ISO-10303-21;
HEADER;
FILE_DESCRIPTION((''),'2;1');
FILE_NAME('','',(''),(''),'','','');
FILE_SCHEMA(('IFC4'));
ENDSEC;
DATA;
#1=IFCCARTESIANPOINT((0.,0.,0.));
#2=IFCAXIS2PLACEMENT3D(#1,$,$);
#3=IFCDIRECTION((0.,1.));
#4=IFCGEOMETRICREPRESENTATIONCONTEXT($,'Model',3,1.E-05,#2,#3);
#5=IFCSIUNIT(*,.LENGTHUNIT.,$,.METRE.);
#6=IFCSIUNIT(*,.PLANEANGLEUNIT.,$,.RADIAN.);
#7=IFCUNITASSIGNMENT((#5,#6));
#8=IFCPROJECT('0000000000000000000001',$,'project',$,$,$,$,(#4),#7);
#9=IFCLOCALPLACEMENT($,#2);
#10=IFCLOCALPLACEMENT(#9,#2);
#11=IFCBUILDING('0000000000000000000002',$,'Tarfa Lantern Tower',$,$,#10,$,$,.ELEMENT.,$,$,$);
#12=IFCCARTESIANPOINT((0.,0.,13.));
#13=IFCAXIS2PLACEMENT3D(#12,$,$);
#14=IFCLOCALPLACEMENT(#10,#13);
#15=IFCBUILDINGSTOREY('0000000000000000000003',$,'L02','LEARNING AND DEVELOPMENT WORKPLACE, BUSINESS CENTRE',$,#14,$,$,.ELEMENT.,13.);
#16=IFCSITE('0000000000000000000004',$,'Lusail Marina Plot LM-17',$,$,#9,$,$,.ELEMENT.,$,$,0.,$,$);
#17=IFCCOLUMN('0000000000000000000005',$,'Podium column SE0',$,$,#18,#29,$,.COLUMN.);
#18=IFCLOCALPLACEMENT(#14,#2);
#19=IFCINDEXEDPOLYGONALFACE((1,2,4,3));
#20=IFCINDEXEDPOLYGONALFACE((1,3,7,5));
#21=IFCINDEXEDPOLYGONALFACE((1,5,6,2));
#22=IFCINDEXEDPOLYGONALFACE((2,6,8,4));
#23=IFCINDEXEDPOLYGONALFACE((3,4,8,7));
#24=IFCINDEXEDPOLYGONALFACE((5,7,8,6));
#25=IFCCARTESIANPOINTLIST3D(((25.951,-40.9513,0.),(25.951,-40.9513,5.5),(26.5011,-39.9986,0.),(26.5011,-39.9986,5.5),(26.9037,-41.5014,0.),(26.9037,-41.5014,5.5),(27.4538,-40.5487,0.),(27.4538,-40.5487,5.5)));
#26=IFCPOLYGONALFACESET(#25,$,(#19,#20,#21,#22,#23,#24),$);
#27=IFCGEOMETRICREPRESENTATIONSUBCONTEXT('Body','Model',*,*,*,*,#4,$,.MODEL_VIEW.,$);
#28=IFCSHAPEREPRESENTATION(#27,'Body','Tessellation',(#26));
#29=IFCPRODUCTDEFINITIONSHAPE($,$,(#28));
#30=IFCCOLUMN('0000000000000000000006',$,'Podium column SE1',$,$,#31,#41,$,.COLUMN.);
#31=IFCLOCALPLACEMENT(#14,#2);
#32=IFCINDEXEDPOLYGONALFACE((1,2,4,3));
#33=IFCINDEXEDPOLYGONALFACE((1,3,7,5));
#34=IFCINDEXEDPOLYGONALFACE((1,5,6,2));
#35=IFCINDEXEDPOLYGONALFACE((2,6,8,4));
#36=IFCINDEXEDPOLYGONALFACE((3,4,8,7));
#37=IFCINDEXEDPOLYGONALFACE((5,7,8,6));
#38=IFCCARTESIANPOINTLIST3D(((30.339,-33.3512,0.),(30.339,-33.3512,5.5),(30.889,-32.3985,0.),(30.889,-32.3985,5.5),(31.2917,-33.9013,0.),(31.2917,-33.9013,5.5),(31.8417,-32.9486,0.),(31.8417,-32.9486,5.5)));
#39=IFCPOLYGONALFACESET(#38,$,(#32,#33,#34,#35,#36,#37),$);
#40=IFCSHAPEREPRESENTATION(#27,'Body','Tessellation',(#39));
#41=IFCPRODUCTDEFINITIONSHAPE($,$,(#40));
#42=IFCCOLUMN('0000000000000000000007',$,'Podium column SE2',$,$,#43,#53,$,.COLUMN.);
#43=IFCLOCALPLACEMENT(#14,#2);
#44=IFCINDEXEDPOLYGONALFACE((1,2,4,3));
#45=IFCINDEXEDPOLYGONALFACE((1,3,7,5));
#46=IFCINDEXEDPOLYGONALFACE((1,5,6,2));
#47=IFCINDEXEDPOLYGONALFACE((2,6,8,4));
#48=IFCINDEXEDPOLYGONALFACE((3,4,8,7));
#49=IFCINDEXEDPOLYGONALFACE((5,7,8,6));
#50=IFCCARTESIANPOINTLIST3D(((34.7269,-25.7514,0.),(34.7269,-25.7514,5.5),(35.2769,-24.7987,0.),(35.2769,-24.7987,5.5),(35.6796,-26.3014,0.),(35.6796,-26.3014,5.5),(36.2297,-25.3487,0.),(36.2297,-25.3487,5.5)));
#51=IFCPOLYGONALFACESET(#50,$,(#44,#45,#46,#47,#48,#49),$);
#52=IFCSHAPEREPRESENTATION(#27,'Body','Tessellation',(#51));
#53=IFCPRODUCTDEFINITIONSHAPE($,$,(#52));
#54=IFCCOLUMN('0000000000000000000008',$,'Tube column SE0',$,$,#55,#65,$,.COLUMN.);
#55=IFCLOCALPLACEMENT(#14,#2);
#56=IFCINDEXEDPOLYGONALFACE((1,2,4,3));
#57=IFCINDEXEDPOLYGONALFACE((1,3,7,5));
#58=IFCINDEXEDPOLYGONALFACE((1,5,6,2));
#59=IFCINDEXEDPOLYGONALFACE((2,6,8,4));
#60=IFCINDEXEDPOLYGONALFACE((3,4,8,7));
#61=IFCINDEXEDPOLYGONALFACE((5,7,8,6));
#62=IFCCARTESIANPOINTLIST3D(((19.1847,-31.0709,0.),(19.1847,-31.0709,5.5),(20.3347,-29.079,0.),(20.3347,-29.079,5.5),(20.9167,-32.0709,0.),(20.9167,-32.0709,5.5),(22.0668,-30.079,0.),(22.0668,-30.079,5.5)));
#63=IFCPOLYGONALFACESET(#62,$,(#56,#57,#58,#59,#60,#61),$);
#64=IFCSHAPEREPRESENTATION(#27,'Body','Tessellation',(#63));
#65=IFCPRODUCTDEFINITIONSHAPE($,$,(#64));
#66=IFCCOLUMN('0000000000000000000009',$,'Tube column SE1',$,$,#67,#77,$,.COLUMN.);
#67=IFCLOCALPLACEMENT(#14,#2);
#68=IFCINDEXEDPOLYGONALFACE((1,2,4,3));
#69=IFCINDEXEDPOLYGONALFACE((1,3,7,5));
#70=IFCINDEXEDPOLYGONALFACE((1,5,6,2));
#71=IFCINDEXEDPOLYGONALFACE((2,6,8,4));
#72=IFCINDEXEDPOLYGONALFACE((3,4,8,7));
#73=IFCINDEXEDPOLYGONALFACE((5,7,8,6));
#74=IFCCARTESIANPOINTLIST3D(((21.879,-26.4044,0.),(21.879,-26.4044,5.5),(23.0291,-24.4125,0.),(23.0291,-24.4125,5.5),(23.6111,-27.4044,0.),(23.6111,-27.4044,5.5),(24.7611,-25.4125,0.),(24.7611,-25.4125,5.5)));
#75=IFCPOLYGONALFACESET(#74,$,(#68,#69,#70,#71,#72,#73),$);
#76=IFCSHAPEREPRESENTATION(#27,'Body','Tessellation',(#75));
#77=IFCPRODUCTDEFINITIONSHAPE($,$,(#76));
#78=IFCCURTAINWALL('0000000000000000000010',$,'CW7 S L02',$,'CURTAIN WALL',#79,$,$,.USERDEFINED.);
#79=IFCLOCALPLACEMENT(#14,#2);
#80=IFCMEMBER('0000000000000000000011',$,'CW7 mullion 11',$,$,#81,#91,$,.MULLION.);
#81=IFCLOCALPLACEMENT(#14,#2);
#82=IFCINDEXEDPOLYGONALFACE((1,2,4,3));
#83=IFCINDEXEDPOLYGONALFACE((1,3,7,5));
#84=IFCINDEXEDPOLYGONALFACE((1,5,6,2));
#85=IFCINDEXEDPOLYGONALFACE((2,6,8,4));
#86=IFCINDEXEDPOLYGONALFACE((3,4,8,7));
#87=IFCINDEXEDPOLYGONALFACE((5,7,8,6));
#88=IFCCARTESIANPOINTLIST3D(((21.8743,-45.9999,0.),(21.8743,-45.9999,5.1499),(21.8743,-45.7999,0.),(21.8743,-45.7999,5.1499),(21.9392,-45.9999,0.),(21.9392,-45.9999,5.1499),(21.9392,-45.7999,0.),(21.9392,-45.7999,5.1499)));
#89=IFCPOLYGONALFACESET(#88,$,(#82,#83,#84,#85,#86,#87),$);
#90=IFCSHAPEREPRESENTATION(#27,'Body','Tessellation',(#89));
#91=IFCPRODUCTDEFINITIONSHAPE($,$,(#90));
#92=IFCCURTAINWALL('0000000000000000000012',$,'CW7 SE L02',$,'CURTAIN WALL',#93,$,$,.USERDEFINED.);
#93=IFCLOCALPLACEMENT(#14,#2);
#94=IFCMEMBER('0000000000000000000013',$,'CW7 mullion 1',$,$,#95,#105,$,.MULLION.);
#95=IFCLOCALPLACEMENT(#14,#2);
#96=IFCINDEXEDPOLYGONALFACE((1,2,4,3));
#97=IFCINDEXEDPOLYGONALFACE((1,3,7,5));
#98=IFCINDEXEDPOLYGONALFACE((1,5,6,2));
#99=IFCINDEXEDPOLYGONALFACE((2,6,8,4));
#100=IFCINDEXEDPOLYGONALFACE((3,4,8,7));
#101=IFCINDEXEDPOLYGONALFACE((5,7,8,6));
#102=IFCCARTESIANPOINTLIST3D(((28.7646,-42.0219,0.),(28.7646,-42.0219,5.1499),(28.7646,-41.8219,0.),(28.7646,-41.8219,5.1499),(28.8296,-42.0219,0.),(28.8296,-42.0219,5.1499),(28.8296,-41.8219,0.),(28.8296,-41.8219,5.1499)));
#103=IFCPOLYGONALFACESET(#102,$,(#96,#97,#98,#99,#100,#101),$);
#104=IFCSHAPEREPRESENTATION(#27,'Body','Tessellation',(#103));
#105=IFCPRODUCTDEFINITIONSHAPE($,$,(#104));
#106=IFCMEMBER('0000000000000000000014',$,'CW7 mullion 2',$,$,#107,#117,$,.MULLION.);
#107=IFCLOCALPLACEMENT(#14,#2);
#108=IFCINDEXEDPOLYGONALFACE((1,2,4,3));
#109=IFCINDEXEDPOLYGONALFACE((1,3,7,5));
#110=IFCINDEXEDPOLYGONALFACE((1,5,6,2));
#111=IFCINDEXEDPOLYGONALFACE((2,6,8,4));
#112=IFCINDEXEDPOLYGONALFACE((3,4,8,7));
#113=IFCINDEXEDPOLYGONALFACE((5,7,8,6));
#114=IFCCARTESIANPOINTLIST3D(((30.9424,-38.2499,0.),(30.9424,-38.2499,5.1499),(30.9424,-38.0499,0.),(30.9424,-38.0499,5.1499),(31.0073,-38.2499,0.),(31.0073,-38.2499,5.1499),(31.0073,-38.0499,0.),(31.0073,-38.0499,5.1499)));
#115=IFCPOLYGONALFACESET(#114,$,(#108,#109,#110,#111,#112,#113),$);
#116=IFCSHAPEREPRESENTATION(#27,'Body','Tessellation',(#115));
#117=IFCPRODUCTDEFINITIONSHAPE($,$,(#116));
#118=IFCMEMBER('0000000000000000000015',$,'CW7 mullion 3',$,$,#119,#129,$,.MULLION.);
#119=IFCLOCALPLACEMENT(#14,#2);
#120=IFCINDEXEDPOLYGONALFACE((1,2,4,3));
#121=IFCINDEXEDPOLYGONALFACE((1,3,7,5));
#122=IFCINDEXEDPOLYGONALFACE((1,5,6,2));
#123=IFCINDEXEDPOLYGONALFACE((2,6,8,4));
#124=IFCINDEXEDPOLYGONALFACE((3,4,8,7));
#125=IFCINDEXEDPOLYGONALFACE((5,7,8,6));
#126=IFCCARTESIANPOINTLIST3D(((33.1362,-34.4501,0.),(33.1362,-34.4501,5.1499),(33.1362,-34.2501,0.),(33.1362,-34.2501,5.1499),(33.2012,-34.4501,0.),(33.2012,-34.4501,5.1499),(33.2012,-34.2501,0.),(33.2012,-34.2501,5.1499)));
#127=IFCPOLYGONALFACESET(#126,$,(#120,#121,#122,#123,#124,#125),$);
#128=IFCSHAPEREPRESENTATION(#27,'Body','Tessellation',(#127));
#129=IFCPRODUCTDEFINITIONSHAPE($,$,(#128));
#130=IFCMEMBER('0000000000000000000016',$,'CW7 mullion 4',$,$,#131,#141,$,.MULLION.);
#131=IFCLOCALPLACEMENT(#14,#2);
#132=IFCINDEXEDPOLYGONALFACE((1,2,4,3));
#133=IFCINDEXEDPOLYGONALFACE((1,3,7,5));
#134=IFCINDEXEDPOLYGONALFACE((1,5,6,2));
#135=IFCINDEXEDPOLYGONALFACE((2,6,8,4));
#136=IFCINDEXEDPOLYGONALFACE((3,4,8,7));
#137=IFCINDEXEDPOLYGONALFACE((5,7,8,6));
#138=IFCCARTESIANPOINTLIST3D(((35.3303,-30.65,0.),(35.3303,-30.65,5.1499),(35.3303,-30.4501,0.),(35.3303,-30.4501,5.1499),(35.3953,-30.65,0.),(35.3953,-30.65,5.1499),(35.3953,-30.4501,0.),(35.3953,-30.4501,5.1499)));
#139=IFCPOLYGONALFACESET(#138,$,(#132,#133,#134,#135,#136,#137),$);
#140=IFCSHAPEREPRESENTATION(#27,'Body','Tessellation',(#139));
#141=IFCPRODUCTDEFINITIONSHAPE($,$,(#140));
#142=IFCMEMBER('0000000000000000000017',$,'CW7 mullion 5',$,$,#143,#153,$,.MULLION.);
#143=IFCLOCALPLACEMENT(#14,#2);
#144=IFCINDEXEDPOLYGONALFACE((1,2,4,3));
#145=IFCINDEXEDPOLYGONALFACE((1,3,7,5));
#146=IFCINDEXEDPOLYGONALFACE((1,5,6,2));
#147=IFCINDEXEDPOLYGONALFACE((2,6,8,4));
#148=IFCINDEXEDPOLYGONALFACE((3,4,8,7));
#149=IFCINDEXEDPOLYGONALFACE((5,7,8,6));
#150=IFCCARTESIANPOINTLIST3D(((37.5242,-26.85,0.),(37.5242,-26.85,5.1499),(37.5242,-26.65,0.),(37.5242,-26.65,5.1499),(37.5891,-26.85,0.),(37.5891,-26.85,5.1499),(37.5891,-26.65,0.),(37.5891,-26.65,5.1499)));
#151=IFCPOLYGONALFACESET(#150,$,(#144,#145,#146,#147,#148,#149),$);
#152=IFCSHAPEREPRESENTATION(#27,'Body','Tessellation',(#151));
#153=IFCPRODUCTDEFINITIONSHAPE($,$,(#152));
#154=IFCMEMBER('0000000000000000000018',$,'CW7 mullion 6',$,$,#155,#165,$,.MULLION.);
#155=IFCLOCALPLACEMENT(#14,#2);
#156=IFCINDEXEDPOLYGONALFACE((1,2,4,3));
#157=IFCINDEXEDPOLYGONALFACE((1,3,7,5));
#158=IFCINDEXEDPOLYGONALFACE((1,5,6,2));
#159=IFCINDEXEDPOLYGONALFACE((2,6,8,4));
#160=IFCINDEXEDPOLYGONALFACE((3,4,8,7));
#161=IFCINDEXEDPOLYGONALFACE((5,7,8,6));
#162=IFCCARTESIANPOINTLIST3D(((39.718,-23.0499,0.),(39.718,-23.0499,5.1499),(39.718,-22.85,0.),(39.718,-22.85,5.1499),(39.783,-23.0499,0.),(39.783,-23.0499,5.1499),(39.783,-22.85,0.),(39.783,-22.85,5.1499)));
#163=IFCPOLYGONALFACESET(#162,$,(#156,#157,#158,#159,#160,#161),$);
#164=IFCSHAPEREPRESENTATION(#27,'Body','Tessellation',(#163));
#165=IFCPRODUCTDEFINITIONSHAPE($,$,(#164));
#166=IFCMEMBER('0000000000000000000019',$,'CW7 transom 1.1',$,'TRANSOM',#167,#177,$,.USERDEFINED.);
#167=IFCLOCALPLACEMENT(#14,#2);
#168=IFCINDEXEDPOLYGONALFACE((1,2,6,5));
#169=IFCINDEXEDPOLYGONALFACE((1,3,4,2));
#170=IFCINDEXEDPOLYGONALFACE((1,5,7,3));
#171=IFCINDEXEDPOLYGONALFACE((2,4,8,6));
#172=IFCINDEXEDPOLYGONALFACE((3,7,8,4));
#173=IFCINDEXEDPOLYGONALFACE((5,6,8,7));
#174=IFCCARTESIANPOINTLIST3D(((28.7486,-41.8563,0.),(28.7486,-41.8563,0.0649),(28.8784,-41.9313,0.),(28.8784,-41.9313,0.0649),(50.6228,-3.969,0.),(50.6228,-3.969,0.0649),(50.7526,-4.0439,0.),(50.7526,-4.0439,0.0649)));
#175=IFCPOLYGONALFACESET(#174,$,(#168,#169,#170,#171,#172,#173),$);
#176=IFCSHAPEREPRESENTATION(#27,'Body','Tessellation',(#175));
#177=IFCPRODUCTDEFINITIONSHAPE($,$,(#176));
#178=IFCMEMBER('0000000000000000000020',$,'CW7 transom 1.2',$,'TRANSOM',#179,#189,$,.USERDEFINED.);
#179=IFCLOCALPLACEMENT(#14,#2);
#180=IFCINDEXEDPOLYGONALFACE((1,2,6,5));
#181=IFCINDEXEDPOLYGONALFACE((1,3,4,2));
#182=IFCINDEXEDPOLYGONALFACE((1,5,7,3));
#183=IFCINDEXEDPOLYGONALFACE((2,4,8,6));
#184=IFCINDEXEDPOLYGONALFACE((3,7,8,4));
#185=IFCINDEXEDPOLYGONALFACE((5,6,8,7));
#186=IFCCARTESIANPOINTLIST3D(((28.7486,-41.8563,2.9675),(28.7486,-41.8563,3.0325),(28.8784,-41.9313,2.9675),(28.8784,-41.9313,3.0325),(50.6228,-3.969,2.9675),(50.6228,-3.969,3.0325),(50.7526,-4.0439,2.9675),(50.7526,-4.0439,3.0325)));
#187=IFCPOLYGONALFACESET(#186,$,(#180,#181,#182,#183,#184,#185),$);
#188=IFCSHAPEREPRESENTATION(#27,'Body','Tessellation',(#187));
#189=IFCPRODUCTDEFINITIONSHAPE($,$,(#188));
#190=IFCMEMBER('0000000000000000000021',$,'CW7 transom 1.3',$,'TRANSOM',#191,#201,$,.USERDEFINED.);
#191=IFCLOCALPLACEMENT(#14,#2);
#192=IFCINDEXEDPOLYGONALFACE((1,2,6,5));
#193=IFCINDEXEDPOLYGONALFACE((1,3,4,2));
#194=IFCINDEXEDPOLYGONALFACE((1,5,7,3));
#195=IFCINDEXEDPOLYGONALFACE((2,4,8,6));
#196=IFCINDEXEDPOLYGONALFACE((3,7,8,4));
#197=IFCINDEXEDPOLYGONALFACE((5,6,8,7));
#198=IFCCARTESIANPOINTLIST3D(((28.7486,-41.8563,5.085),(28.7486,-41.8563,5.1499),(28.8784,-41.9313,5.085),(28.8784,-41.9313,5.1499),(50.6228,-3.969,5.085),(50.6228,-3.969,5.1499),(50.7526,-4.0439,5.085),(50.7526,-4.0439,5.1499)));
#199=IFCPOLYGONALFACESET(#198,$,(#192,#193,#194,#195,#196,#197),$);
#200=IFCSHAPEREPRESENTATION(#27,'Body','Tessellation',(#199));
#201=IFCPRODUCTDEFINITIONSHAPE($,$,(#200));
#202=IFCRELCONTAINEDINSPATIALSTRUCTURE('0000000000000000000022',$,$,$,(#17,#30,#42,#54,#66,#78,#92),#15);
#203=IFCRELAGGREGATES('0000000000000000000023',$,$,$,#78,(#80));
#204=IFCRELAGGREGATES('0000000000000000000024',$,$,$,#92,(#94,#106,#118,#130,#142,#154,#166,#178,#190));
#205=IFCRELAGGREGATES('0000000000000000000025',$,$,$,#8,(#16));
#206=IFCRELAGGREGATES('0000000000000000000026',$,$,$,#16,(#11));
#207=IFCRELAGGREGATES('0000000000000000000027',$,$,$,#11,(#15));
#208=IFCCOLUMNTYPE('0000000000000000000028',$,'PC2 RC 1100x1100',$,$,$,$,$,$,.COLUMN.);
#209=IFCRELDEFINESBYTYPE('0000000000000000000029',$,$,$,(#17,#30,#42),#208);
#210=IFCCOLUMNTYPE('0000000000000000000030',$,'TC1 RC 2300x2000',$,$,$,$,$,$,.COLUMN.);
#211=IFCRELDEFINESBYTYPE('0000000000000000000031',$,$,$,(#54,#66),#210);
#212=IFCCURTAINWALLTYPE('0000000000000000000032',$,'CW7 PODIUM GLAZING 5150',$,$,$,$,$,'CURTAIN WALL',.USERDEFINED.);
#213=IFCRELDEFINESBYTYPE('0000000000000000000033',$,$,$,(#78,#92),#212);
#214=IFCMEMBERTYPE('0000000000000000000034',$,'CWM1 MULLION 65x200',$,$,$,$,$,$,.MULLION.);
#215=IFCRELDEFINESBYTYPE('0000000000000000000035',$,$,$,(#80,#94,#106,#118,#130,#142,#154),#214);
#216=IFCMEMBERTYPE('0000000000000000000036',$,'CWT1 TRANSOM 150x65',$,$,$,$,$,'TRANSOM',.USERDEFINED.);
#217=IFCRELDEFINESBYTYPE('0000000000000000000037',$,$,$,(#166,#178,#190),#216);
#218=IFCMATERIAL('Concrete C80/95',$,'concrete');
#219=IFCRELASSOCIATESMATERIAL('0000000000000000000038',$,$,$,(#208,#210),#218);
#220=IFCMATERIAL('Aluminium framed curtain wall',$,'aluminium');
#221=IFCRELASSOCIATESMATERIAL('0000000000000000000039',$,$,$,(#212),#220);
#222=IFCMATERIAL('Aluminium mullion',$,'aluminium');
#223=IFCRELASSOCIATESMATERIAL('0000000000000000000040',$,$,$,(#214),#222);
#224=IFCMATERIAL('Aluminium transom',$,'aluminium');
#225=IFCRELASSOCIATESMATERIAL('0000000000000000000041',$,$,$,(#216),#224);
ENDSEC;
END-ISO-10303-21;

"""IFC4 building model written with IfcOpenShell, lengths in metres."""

from ifc_helpers import new_model, si_unit, direction, frame, origin, origin_2d, place, context, subcontext, project, spatial, rectangle, extrude, material, material_profile, profile_set, type_object, element, aggregate, save


model = new_model("IFC4")

# Units and contexts
model_context = context("Model", 3, precision=1e-05, world=origin(), true_north=direction((0.0, 1.0)))
body_context = subcontext(model_context, "Body", "Model", "MODEL_VIEW")
ifc_project = project(units=[si_unit("LENGTHUNIT", "METRE"), si_unit("PLANEANGLEUNIT", "RADIAN")], contexts=[model_context])

# Site, building, storey
site_placement = place(None, origin())
site = spatial("IfcSite", under=ifc_project, at=site_placement, Name="Lusail Marina Plot LM-17", CompositionType="ELEMENT", RefElevation=0.0)
building_placement = place(site_placement, origin())
building = spatial("IfcBuilding", under=site, at=building_placement, Name="Tarfa Lantern Tower", CompositionType="ELEMENT")
storey_placement = place(building_placement, frame((0.0, 0.0, 13.0)))
storey = spatial("IfcBuildingStorey", under=building, at=storey_placement, Name="L02", Description="LEARNING AND DEVELOPMENT WORKPLACE, BUSINESS CENTRE", CompositionType="ELEMENT", Elevation=13.0)

# Columns
ifc_material_1 = material(Name="Concrete C80/95", Category="concrete")
ifc_material_profile_1 = material_profile(ifc_material_1, rectangle(XDim=1.1001, YDim=1.1001, at=origin_2d()), Name="RC 1100x1100")
ifc_profile_set_1 = profile_set([ifc_material_profile_1], Name="Concrete C80/95")
column_type_1 = type_object("IfcColumnType", Name="PC2 RC 1100x1100", PredefinedType="COLUMN", material=ifc_profile_set_1)
for number, where, z_axis, x_axis, name in (
    (1, (26.7024, -40.75, 0.0), (0.0, 0.0, 1.0), (0.5, 0.866025, 0.0), "Podium column SE0"),
    (2, (31.0903, -33.1499, 0.0), (0.0, 0.0, 1.0), (0.5, 0.866025, 0.0), "Podium column SE1"),
    (3, (35.4783, -25.55, 0.0), (0.0, 0.0, 1.0), (0.5, 0.866025, 0.0), "Podium column SE2"),
):
    element("IfcColumn", number, at=place(storey_placement, frame(where, z_axis=z_axis, x_axis=x_axis)), inside=storey, type_object=column_type_1, Name=name, PredefinedType="COLUMN", context=body_context, shape_type="SweptSolid", body=[
        extrude(rectangle(XDim=1.1001, YDim=1.1001, at=origin_2d()), origin(), (0.0, 0.0, 1.0), 5.5),
    ])
ifc_material_profile_2 = material_profile(ifc_material_1, rectangle(XDim=2.3, YDim=2.0, at=origin_2d()), Name="RC 2300x2000")
ifc_profile_set_2 = profile_set([ifc_material_profile_2], Name="Concrete C80/95")
column_type_2 = type_object("IfcColumnType", Name="TC1 RC 2300x2000", PredefinedType="COLUMN", material=ifc_profile_set_2)
for number, where, z_axis, x_axis, name in (
    (4, (20.6257, -30.575, 0.0), (0.0, 0.0, 1.0), (0.5, 0.866025, 0.0), "Tube column SE0"),
    (5, (23.3201, -25.9084, 0.0), (0.0, 0.0, 1.0), (0.5, 0.866025, 0.0), "Tube column SE1"),
):
    element("IfcColumn", number, at=place(storey_placement, frame(where, z_axis=z_axis, x_axis=x_axis)), inside=storey, type_object=column_type_2, Name=name, PredefinedType="COLUMN", context=body_context, shape_type="SweptSolid", body=[
        extrude(rectangle(XDim=2.3, YDim=2.0, at=origin_2d()), origin(), (0.0, 0.0, 1.0), 5.5),
    ])

# Curtain wall, member
ifc_material_2 = material(Name="Aluminium framed curtain wall", Category="aluminium")
curtain_wall_type = type_object("IfcCurtainWallType", Name="CW7 PODIUM GLAZING 5150", ElementType="CURTAIN WALL", PredefinedType="USERDEFINED", material=ifc_material_2)
curtain_wall_1_placement = place(storey_placement, origin())
curtain_wall_1 = element("IfcCurtainWall", 6, at=curtain_wall_1_placement, inside=storey, type_object=curtain_wall_type, Name="CW7 S L02", ObjectType="CURTAIN WALL", PredefinedType="USERDEFINED")
ifc_material_3 = material(Name="Aluminium mullion", Category="aluminium")
ifc_material_profile_3 = material_profile(ifc_material_3, rectangle(XDim=0.0649, YDim=0.2, at=origin_2d()), Name="AL MULLION 65x200")
ifc_profile_set_3 = profile_set([ifc_material_profile_3], Name="Aluminium mullion")
member_type_1 = type_object("IfcMemberType", Name="CWM1 MULLION 65x200", PredefinedType="MULLION", material=ifc_profile_set_3)
member_1_placement = place(storey_placement, frame((21.9067, -45.8999, 0.0), z_axis=(0.0, 0.0, 1.0), x_axis=(1.0, 0.0, 0.0)))
member_1 = element("IfcMember", 7, at=member_1_placement, type_object=member_type_1, Name="CW7 mullion 11", PredefinedType="MULLION", context=body_context, shape_type="SweptSolid", body=[
    extrude(rectangle(XDim=0.0649, YDim=0.2, at=origin_2d()), origin(), (0.0, 0.0, 1.0), 5.1499),
])
aggregate(curtain_wall_1, [member_1])

# Curtain wall, members
curtain_wall_2_placement = place(storey_placement, origin())
curtain_wall_2 = element("IfcCurtainWall", 8, at=curtain_wall_2_placement, inside=storey, type_object=curtain_wall_type, Name="CW7 SE L02", ObjectType="CURTAIN WALL", PredefinedType="USERDEFINED")
member_2_placement = place(storey_placement, frame((28.7971, -41.9219, 0.0), z_axis=(0.0, 0.0, 1.0), x_axis=(1.0, 0.0, 0.0)))
member_2 = element("IfcMember", 9, at=member_2_placement, type_object=member_type_1, Name="CW7 mullion 1", PredefinedType="MULLION", context=body_context, shape_type="SweptSolid", body=[
    extrude(rectangle(XDim=0.0649, YDim=0.2, at=origin_2d()), origin(), (0.0, 0.0, 1.0), 5.1499),
])
member_3_placement = place(storey_placement, frame((30.9749, -38.1499, 0.0), z_axis=(0.0, 0.0, 1.0), x_axis=(1.0, 0.0, 0.0)))
member_3 = element("IfcMember", 10, at=member_3_placement, type_object=member_type_1, Name="CW7 mullion 2", PredefinedType="MULLION", context=body_context, shape_type="SweptSolid", body=[
    extrude(rectangle(XDim=0.0649, YDim=0.2, at=origin_2d()), origin(), (0.0, 0.0, 1.0), 5.1499),
])
member_4_placement = place(storey_placement, frame((33.1687, -34.3501, 0.0), z_axis=(0.0, 0.0, 1.0), x_axis=(1.0, 0.0, 0.0)))
member_4 = element("IfcMember", 11, at=member_4_placement, type_object=member_type_1, Name="CW7 mullion 3", PredefinedType="MULLION", context=body_context, shape_type="SweptSolid", body=[
    extrude(rectangle(XDim=0.0649, YDim=0.2, at=origin_2d()), origin(), (0.0, 0.0, 1.0), 5.1499),
])
member_5_placement = place(storey_placement, frame((35.3628, -30.55, 0.0), z_axis=(0.0, 0.0, 1.0), x_axis=(1.0, 0.0, 0.0)))
member_5 = element("IfcMember", 12, at=member_5_placement, type_object=member_type_1, Name="CW7 mullion 4", PredefinedType="MULLION", context=body_context, shape_type="SweptSolid", body=[
    extrude(rectangle(XDim=0.0649, YDim=0.2, at=origin_2d()), origin(), (0.0, 0.0, 1.0), 5.1499),
])
member_6_placement = place(storey_placement, frame((37.5566, -26.75, 0.0), z_axis=(0.0, 0.0, 1.0), x_axis=(1.0, 0.0, 0.0)))
member_6 = element("IfcMember", 13, at=member_6_placement, type_object=member_type_1, Name="CW7 mullion 5", PredefinedType="MULLION", context=body_context, shape_type="SweptSolid", body=[
    extrude(rectangle(XDim=0.0649, YDim=0.2, at=origin_2d()), origin(), (0.0, 0.0, 1.0), 5.1499),
])
member_7_placement = place(storey_placement, frame((39.7505, -22.95, 0.0), z_axis=(0.0, 0.0, 1.0), x_axis=(1.0, 0.0, 0.0)))
member_7 = element("IfcMember", 14, at=member_7_placement, type_object=member_type_1, Name="CW7 mullion 6", PredefinedType="MULLION", context=body_context, shape_type="SweptSolid", body=[
    extrude(rectangle(XDim=0.0649, YDim=0.2, at=origin_2d()), origin(), (0.0, 0.0, 1.0), 5.1499),
])
ifc_material_4 = material(Name="Aluminium transom", Category="aluminium")
ifc_material_profile_4 = material_profile(ifc_material_4, rectangle(XDim=0.1499, YDim=0.0649, at=origin_2d()), Name="AL TRANSOM 150x65")
ifc_profile_set_4 = profile_set([ifc_material_profile_4], Name="Aluminium transom")
member_type_2 = type_object("IfcMemberType", Name="CWT1 TRANSOM 150x65", ElementType="TRANSOM", PredefinedType="USERDEFINED", material=ifc_profile_set_4)
member_8_placement = place(storey_placement, frame((28.8135, -41.8938, 0.0325), z_axis=(0.499999, 0.866026, 0.0), x_axis=(-0.866026, 0.499999, 0.0)))
member_8 = element("IfcMember", 15, at=member_8_placement, type_object=member_type_2, Name="CW7 transom 1.1", ObjectType="TRANSOM", PredefinedType="USERDEFINED", context=body_context, shape_type="SweptSolid", body=[
    extrude(rectangle(XDim=0.1499, YDim=0.0649, at=origin_2d()), origin(), (0.0, 0.0, 1.0), 43.7485),
])
member_9_placement = place(storey_placement, frame((28.8135, -41.8938, 3.0), z_axis=(0.499999, 0.866026, 0.0), x_axis=(-0.866026, 0.499999, 0.0)))
member_9 = element("IfcMember", 16, at=member_9_placement, type_object=member_type_2, Name="CW7 transom 1.2", ObjectType="TRANSOM", PredefinedType="USERDEFINED", context=body_context, shape_type="SweptSolid", body=[
    extrude(rectangle(XDim=0.1499, YDim=0.0649, at=origin_2d()), origin(), (0.0, 0.0, 1.0), 43.7485),
])
member_10_placement = place(storey_placement, frame((28.8135, -41.8938, 5.1174), z_axis=(0.499999, 0.866026, 0.0), x_axis=(-0.866026, 0.499999, 0.0)))
member_10 = element("IfcMember", 17, at=member_10_placement, type_object=member_type_2, Name="CW7 transom 1.3", ObjectType="TRANSOM", PredefinedType="USERDEFINED", context=body_context, shape_type="SweptSolid", body=[
    extrude(rectangle(XDim=0.1499, YDim=0.0649, at=origin_2d()), origin(), (0.0, 0.0, 1.0), 43.7485),
])

aggregate(curtain_wall_2, [member_2, member_3, member_4, member_5, member_6, member_7, member_8, member_9, member_10])

save(model, "model.ifc")
